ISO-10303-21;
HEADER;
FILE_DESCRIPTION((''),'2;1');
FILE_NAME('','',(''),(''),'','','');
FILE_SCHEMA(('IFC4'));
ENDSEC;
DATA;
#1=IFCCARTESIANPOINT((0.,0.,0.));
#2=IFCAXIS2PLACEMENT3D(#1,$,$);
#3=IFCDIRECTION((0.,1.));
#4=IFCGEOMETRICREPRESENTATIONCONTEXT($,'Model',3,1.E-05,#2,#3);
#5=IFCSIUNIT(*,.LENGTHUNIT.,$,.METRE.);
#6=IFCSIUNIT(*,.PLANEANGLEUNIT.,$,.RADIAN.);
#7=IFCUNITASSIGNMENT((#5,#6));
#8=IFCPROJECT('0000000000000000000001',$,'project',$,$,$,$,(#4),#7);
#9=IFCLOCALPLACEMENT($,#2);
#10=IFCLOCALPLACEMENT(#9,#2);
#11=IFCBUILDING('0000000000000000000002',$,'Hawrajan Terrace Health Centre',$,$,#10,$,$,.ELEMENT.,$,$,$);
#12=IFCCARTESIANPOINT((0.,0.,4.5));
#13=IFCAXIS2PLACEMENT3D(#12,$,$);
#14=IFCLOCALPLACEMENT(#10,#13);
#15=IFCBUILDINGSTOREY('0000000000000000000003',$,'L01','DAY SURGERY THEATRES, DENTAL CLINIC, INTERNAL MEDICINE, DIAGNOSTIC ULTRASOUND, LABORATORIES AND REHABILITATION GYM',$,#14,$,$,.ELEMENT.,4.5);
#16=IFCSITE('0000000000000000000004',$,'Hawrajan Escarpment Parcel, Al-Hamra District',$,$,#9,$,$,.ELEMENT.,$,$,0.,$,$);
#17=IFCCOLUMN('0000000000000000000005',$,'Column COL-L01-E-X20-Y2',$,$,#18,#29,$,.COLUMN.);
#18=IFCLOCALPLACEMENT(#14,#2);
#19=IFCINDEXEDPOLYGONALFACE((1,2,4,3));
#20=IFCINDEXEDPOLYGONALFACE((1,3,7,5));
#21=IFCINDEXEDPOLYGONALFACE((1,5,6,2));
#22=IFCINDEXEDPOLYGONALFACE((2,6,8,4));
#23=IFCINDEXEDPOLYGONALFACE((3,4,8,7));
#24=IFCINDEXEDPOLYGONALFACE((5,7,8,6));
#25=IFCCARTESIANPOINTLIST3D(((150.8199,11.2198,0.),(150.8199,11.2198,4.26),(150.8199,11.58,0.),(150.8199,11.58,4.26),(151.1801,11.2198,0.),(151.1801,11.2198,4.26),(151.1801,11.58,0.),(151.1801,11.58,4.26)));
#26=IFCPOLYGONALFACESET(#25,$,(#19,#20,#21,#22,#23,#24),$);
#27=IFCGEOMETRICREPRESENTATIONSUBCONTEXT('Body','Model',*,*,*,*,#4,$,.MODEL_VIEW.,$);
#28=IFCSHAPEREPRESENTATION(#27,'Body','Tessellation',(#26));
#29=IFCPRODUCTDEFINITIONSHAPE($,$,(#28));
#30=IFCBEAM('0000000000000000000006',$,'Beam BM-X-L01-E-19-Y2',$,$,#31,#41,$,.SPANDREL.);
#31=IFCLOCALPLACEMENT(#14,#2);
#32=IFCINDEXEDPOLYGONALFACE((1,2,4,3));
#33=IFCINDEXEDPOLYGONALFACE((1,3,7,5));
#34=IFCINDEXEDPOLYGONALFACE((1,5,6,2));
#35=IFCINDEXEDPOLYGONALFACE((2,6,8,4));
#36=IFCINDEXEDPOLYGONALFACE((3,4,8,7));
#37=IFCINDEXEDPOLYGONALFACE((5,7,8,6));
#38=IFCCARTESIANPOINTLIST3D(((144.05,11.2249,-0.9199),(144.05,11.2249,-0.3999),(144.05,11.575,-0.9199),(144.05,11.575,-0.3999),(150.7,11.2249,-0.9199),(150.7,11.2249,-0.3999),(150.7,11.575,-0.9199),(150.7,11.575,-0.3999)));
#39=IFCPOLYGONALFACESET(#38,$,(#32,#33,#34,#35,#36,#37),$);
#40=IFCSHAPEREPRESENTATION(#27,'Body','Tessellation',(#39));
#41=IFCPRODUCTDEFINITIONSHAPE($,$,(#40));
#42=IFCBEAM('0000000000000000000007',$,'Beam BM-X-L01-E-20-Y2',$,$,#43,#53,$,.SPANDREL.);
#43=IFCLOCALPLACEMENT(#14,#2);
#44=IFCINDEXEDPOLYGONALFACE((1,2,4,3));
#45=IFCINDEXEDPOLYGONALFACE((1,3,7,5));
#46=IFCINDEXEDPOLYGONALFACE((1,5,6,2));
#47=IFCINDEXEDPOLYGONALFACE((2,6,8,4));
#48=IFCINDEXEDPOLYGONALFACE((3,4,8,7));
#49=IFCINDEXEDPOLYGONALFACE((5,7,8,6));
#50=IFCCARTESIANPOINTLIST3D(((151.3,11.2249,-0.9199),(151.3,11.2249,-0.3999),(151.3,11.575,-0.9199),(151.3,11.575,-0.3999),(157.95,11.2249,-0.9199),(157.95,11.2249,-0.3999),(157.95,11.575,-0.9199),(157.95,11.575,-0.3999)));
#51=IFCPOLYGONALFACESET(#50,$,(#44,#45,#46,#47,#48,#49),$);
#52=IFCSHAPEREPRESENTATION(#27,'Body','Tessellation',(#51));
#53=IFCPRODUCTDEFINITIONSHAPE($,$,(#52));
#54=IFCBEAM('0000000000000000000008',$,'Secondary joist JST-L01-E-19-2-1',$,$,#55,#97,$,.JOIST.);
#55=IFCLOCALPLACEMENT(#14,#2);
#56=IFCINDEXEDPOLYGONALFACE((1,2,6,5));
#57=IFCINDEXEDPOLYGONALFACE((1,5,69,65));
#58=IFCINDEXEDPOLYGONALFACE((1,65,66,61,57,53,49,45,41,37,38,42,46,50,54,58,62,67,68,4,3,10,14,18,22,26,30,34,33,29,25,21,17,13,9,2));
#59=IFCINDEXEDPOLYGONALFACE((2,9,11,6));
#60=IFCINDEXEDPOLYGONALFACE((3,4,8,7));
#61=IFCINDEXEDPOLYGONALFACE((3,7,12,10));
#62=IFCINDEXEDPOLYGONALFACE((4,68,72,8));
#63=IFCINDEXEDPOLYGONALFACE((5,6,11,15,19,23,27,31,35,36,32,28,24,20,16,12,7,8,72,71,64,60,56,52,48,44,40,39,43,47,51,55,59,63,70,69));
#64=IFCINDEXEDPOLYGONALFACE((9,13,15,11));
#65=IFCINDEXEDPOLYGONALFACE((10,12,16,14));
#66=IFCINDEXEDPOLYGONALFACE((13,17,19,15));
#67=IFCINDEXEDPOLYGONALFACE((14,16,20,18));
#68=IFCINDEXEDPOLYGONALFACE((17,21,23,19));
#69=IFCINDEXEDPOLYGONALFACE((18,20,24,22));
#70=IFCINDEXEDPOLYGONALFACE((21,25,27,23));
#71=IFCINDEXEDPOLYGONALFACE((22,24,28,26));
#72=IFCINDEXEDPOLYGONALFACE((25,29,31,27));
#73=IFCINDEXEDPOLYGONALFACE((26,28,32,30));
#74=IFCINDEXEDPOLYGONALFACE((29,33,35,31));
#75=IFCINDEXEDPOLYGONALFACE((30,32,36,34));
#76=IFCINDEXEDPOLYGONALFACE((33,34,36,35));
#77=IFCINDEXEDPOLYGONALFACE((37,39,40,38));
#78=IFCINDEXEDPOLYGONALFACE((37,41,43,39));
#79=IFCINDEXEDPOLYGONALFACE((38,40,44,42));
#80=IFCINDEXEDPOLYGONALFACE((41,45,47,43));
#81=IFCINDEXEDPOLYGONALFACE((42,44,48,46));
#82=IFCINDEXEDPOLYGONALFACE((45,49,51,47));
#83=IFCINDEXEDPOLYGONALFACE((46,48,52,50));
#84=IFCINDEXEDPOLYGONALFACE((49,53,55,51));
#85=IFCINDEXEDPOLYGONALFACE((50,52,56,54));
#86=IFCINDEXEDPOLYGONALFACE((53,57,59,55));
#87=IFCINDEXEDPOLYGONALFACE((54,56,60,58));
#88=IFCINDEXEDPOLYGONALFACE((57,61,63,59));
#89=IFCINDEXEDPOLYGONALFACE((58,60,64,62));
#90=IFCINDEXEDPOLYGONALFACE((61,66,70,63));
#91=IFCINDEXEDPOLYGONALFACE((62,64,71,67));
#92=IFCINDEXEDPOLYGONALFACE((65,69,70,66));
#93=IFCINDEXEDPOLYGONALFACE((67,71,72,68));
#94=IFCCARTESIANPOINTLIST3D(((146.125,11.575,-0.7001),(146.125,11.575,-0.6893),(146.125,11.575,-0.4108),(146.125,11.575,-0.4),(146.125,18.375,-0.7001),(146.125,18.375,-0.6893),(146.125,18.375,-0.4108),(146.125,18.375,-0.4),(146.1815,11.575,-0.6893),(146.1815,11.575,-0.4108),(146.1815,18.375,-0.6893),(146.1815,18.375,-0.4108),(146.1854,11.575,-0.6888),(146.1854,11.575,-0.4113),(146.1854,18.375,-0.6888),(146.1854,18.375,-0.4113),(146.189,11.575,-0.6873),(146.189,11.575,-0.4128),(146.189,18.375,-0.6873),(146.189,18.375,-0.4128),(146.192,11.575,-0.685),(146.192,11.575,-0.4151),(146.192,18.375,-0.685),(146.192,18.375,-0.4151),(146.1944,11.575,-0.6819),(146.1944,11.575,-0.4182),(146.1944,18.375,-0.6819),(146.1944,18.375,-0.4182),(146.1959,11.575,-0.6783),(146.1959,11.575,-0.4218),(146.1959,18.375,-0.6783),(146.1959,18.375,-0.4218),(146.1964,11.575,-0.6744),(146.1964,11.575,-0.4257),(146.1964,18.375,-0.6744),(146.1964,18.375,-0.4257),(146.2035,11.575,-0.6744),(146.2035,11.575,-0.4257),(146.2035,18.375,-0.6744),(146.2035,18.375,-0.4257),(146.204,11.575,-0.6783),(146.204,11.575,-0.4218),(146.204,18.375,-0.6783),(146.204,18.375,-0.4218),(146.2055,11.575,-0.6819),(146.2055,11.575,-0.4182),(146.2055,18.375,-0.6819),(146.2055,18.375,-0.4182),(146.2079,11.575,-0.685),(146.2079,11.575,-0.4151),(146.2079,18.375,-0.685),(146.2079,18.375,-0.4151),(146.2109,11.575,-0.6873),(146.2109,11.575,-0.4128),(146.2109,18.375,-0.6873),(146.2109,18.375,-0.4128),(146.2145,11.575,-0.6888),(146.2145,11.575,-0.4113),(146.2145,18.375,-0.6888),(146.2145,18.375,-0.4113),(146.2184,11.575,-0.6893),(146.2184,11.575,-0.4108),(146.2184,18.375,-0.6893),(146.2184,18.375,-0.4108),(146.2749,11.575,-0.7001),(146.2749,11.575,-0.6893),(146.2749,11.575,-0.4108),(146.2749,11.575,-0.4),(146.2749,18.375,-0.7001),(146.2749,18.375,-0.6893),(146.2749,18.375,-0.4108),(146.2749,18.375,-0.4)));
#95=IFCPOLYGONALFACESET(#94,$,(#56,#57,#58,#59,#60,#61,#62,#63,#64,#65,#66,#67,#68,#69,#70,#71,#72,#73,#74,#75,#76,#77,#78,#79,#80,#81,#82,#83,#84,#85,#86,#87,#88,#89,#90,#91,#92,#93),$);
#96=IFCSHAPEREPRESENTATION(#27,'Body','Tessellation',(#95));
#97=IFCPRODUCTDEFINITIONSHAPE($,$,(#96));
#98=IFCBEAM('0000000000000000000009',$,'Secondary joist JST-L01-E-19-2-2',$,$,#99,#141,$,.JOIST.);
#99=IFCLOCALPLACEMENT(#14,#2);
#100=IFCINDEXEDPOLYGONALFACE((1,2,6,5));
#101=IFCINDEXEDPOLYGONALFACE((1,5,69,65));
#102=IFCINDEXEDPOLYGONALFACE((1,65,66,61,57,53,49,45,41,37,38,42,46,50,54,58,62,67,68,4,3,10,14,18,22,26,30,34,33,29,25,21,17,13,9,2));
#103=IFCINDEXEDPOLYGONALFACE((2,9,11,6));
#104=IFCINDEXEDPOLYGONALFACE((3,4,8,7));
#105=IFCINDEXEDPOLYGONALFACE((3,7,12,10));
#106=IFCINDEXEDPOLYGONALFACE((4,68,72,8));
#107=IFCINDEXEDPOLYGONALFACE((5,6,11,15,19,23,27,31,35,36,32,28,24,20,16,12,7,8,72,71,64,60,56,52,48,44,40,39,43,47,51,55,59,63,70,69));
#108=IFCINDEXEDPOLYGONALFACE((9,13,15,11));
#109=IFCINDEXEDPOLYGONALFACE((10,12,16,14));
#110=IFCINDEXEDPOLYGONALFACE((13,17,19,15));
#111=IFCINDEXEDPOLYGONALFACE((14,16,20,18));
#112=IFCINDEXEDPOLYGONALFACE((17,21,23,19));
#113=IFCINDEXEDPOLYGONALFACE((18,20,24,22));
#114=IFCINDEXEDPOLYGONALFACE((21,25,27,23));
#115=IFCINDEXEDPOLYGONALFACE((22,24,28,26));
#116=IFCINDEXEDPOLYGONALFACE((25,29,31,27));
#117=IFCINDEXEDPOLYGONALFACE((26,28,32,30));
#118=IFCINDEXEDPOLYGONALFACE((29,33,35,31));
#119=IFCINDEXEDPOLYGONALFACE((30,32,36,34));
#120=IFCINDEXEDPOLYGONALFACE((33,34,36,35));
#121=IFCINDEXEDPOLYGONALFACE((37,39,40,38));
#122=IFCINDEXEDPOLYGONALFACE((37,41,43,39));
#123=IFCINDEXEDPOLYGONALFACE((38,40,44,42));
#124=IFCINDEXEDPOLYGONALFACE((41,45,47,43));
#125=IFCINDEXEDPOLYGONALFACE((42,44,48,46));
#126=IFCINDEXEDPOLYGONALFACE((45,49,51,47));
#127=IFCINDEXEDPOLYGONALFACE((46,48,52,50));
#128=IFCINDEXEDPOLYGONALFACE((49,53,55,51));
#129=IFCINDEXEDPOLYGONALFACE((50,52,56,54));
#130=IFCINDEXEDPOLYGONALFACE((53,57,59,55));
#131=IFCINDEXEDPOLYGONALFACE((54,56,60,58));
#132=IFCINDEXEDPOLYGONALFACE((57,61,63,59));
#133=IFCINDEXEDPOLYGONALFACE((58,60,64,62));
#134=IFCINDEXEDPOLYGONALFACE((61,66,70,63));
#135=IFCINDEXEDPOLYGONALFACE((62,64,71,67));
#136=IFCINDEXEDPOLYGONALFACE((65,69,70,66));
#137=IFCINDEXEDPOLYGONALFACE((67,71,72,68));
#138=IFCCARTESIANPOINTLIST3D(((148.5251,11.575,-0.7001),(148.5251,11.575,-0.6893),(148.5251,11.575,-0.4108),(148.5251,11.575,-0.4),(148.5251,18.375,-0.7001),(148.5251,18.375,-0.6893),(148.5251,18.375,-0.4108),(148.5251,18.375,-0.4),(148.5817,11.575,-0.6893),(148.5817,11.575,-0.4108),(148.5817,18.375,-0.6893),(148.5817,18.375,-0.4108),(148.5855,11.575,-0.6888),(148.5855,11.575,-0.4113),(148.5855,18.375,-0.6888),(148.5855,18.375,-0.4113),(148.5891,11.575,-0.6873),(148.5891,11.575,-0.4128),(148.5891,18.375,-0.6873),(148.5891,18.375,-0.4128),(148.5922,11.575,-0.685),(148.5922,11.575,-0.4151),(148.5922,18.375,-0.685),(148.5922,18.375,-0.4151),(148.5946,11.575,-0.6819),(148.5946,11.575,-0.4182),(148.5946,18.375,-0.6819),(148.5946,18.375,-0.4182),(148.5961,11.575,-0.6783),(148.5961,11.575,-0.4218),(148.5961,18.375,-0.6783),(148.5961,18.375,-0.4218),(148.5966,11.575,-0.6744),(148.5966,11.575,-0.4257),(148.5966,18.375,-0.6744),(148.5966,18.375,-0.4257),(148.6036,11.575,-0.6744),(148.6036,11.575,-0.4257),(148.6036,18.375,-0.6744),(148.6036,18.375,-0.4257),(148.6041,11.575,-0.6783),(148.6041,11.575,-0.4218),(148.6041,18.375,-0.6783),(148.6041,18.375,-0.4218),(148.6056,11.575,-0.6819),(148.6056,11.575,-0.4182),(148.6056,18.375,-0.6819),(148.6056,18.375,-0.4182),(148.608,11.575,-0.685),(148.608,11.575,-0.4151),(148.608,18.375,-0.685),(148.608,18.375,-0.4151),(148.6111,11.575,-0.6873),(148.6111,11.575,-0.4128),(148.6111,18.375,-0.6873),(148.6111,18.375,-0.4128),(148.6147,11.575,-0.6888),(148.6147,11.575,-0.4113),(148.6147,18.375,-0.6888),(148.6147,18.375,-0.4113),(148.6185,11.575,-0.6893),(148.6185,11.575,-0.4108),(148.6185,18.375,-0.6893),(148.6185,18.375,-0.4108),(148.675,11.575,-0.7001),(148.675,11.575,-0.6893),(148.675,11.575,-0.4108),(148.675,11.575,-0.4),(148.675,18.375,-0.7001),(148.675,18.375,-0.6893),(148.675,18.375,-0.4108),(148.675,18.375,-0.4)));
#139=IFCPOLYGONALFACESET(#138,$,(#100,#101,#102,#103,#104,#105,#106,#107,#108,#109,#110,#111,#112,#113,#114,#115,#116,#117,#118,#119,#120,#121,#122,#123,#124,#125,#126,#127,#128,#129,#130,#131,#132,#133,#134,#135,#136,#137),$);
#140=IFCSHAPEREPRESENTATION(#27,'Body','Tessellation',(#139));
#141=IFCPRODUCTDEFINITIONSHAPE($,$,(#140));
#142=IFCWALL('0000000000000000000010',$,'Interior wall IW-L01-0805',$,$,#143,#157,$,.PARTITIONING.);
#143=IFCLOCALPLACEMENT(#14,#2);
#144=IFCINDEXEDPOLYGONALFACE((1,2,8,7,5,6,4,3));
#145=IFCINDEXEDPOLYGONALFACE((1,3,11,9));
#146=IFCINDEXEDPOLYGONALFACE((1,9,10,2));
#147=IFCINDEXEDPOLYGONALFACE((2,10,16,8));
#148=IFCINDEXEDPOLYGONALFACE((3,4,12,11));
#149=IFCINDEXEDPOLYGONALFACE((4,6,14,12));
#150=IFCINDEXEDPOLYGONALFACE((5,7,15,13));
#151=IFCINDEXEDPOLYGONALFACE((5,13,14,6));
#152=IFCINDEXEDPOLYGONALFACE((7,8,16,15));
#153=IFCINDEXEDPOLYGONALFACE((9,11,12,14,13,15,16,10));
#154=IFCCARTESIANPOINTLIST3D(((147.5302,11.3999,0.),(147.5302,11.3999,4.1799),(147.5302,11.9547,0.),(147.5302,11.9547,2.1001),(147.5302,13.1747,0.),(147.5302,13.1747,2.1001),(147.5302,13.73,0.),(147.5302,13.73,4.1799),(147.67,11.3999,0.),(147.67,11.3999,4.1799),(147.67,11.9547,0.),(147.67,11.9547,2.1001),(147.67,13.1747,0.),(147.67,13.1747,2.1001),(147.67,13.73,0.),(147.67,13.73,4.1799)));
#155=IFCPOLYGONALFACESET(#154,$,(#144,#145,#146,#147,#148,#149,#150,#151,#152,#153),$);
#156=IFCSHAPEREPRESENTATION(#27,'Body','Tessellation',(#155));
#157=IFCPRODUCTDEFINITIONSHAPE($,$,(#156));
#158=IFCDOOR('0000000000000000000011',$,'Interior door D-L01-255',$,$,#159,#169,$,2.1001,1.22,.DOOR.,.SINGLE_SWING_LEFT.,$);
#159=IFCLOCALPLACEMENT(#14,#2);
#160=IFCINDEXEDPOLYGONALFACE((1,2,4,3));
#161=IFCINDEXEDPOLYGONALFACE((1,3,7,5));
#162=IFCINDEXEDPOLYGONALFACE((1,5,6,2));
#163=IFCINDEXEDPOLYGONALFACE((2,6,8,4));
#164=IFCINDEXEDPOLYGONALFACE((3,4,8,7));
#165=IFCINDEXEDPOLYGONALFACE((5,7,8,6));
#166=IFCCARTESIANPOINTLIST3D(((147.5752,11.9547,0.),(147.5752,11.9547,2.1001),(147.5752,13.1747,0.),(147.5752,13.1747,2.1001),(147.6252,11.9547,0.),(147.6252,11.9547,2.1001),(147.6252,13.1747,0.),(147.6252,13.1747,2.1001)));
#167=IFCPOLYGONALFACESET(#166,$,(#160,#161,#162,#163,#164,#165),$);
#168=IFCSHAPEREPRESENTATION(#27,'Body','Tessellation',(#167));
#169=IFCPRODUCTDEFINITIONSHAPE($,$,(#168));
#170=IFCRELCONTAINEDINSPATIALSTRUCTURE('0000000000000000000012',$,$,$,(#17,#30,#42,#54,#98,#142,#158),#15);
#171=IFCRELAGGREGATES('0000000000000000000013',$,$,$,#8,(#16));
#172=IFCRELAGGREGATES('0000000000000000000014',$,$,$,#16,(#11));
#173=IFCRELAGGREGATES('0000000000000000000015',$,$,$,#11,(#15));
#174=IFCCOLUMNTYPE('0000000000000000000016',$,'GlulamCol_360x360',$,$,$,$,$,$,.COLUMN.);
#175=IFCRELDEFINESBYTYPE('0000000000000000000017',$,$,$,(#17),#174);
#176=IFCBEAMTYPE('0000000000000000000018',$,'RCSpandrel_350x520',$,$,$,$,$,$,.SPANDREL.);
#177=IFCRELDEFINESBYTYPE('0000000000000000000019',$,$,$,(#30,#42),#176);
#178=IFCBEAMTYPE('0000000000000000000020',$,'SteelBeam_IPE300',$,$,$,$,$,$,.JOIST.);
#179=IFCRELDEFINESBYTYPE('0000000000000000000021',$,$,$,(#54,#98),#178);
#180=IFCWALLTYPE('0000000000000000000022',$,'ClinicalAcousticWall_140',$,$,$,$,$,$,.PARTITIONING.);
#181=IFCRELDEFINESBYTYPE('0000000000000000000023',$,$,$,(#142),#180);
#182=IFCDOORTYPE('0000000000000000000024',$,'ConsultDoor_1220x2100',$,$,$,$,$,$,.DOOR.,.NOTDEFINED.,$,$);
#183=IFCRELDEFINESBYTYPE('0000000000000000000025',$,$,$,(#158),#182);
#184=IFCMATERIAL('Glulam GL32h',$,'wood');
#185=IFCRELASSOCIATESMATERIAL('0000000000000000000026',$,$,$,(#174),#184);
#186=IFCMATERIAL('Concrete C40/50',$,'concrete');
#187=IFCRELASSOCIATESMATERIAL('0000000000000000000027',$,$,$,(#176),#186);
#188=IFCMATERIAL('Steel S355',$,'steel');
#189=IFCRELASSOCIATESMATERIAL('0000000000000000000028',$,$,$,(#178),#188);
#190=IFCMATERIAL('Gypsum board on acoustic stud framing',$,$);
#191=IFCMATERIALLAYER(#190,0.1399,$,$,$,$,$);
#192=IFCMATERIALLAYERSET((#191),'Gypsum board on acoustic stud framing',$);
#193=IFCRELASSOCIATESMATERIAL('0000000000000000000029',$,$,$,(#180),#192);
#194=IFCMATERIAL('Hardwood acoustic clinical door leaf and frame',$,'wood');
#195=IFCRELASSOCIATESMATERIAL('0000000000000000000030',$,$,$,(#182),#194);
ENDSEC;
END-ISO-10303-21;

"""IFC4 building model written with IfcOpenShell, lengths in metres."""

from ifc_helpers import new_model, si_unit, direction, frame, frame_2d, origin, origin_2d, place, context, subcontext, project, spatial, rectangle, i_section, extrude, material, layer, layer_set, material_profile, profile_set, type_object, element, fill, save


model = new_model("IFC4")

# Units and contexts
model_context = context("Model", 3, precision=1e-05, world=origin(), true_north=direction((0.0, 1.0)))
body_context = subcontext(model_context, "Body", "Model", "MODEL_VIEW")
ifc_project = project(units=[si_unit("LENGTHUNIT", "METRE"), si_unit("PLANEANGLEUNIT", "RADIAN")], contexts=[model_context])

# Site, building, storey
site_placement = place(None, origin())
site = spatial("IfcSite", under=ifc_project, at=site_placement, Name="Hawrajan Escarpment Parcel, Al-Hamra District", CompositionType="ELEMENT", RefElevation=0.0)
building_placement = place(site_placement, origin())
building = spatial("IfcBuilding", under=site, at=building_placement, Name="Hawrajan Terrace Health Centre", CompositionType="ELEMENT")
storey_placement = place(building_placement, frame((0.0, 0.0, 4.5)))
storey = spatial("IfcBuildingStorey", under=building, at=storey_placement, Name="L01", Description="DAY SURGERY THEATRES, DENTAL CLINIC, INTERNAL MEDICINE, DIAGNOSTIC ULTRASOUND, LABORATORIES AND REHABILITATION GYM", CompositionType="ELEMENT", Elevation=4.5)

# Column
ifc_material_1 = material(Name="Glulam GL32h", Category="wood")
ifc_material_profile_1 = material_profile(ifc_material_1, rectangle(XDim=0.3601, YDim=0.3601, at=origin_2d()), Name="GL 360x360")
ifc_profile_set_1 = profile_set([ifc_material_profile_1], Name="Glulam GL32h")
column_type = type_object("IfcColumnType", Name="GlulamCol_360x360", PredefinedType="COLUMN", material=ifc_profile_set_1)
column_placement = place(storey_placement, frame((151.0, 11.3999, 0.0), z_axis=(0.0, 0.0, 1.0), x_axis=(1.0, 0.0, 0.0)))
element("IfcColumn", 1, at=column_placement, inside=storey, type_object=column_type, Name="Column COL-L01-E-X20-Y2", PredefinedType="COLUMN", context=body_context, shape_type="SweptSolid", body=[
    extrude(rectangle(XDim=0.3601, YDim=0.3601, at=origin_2d()), origin(), (0.0, 0.0, 1.0), 4.26),
])

# Beams
ifc_material_2 = material(Name="Concrete C40/50", Category="concrete")
ifc_material_profile_2 = material_profile(ifc_material_2, rectangle(XDim=0.3501, YDim=0.52, at=origin_2d()), Name="RC SP 350x520")
ifc_profile_set_2 = profile_set([ifc_material_profile_2], Name="Concrete C40/50")
beam_type_1 = type_object("IfcBeamType", Name="RCSpandrel_350x520", PredefinedType="SPANDREL", material=ifc_profile_set_2)
for number, where, z_axis, x_axis, name in (
    (2, (144.05, 11.3999, -0.6599), (1.0, 0.0, 0.0), (0.0, 1.0, 0.0), "Beam BM-X-L01-E-19-Y2"),
    (3, (151.3, 11.3999, -0.6599), (1.0, 0.0, 0.0), (0.0, 1.0, 0.0), "Beam BM-X-L01-E-20-Y2"),
):
    element("IfcBeam", number, at=place(storey_placement, frame(where, z_axis=z_axis, x_axis=x_axis)), inside=storey, type_object=beam_type_1, Name=name, PredefinedType="SPANDREL", context=body_context, shape_type="SweptSolid", body=[
        extrude(rectangle(XDim=0.3501, YDim=0.52, at=origin_2d()), origin(), (0.0, 0.0, 1.0), 6.6499),
    ])
ifc_material_3 = material(Name="Steel S355", Category="steel")
ifc_material_profile_3 = material_profile(ifc_material_3, i_section(OverallWidth=0.1499, OverallDepth=0.3, WebThickness=0.0071, FlangeThickness=0.0107, FilletRadius=0.0149, at=origin_2d()), Name="IPE 300")
ifc_profile_set_3 = profile_set([ifc_material_profile_3], Name="Steel S355")
beam_type_2 = type_object("IfcBeamType", Name="SteelBeam_IPE300", PredefinedType="JOIST", material=ifc_profile_set_3)
for number, where, z_axis, x_axis, name in (
    (4, (146.2, 11.575, -0.55), (0.0, 1.0, 0.0), (-1.0, 0.0, 0.0), "Secondary joist JST-L01-E-19-2-1"),
    (5, (148.6001, 11.575, -0.55), (0.0, 1.0, 0.0), (-1.0, 0.0, 0.0), "Secondary joist JST-L01-E-19-2-2"),
):
    element("IfcBeam", number, at=place(storey_placement, frame(where, z_axis=z_axis, x_axis=x_axis)), inside=storey, type_object=beam_type_2, Name=name, PredefinedType="JOIST", context=body_context, shape_type="SweptSolid", body=[
        extrude(i_section(OverallWidth=0.1499, OverallDepth=0.3, WebThickness=0.0071, FlangeThickness=0.0107, FilletRadius=0.0149, at=origin_2d()), origin(), (0.0, 0.0, 1.0), 6.8),
    ])

# Wall, opening, door
ifc_material_4 = material(Name="Gypsum board on acoustic stud framing")
ifc_layer_1 = layer(ifc_material_4, 0.1399)
ifc_layer_set_1 = layer_set([ifc_layer_1], Name="Gypsum board on acoustic stud framing")
wall_type_1 = type_object("IfcWallType", Name="ClinicalAcousticWall_140", PredefinedType="PARTITIONING", material=ifc_layer_set_1)
wall_1_placement = place(storey_placement, frame((147.6001, 11.3999, 0.0), z_axis=(0.0, 0.0, 1.0), x_axis=(0.0, 1.0, 0.0)))
wall_1 = element("IfcWall", 6, at=wall_1_placement, inside=storey, type_object=wall_type_1, Name="Interior wall IW-L01-0805", PredefinedType="PARTITIONING", context=body_context, shape_type="SweptSolid", body=[
    extrude(rectangle(XDim=2.3301, YDim=0.1399, at=frame_2d((1.165, 0.0))), origin(), (0.0, 0.0, 1.0), 4.1799),
])
opening_1_placement = place(wall_1_placement, frame((0.5549, 0.0, 0.0)))
opening_1 = element("IfcOpeningElement", 7, at=opening_1_placement, cuts=wall_1, PredefinedType="OPENING", context=body_context, shape_type="SweptSolid", body=[
    extrude(rectangle(XDim=1.22, YDim=2.1001, at=frame_2d((0.6099, 1.05))), frame((0.0, 0.0798, 0.0), z_axis=(0.0, -1.0, 0.0), x_axis=(1.0, 0.0, 0.0)), (0.0, 0.0, 1.0), 0.1599),
])
ifc_material_5 = material(Name="Hardwood acoustic clinical door leaf and frame", Category="wood")
door_type_1 = type_object("IfcDoorType", Name="ConsultDoor_1220x2100", OperationType="NOTDEFINED", PredefinedType="DOOR", material=ifc_material_5)
door_1_placement = place(opening_1_placement, origin())
door_1 = element("IfcDoor", 8, at=door_1_placement, inside=storey, type_object=door_type_1, Name="Interior door D-L01-255", OperationType="SINGLE_SWING_LEFT", OverallHeight=2.1001, OverallWidth=1.22, PredefinedType="DOOR", context=body_context, shape_type="SweptSolid", body=[
    extrude(rectangle(XDim=1.22, YDim=2.1001, at=frame_2d((0.6099, 1.05))), frame((0.0, 0.0249, 0.0), z_axis=(0.0, -1.0, 0.0), x_axis=(1.0, 0.0, 0.0)), (0.0, 0.0, 1.0), 0.05),
])
fill(opening_1, door_1)

save(model, "model.ifc")
